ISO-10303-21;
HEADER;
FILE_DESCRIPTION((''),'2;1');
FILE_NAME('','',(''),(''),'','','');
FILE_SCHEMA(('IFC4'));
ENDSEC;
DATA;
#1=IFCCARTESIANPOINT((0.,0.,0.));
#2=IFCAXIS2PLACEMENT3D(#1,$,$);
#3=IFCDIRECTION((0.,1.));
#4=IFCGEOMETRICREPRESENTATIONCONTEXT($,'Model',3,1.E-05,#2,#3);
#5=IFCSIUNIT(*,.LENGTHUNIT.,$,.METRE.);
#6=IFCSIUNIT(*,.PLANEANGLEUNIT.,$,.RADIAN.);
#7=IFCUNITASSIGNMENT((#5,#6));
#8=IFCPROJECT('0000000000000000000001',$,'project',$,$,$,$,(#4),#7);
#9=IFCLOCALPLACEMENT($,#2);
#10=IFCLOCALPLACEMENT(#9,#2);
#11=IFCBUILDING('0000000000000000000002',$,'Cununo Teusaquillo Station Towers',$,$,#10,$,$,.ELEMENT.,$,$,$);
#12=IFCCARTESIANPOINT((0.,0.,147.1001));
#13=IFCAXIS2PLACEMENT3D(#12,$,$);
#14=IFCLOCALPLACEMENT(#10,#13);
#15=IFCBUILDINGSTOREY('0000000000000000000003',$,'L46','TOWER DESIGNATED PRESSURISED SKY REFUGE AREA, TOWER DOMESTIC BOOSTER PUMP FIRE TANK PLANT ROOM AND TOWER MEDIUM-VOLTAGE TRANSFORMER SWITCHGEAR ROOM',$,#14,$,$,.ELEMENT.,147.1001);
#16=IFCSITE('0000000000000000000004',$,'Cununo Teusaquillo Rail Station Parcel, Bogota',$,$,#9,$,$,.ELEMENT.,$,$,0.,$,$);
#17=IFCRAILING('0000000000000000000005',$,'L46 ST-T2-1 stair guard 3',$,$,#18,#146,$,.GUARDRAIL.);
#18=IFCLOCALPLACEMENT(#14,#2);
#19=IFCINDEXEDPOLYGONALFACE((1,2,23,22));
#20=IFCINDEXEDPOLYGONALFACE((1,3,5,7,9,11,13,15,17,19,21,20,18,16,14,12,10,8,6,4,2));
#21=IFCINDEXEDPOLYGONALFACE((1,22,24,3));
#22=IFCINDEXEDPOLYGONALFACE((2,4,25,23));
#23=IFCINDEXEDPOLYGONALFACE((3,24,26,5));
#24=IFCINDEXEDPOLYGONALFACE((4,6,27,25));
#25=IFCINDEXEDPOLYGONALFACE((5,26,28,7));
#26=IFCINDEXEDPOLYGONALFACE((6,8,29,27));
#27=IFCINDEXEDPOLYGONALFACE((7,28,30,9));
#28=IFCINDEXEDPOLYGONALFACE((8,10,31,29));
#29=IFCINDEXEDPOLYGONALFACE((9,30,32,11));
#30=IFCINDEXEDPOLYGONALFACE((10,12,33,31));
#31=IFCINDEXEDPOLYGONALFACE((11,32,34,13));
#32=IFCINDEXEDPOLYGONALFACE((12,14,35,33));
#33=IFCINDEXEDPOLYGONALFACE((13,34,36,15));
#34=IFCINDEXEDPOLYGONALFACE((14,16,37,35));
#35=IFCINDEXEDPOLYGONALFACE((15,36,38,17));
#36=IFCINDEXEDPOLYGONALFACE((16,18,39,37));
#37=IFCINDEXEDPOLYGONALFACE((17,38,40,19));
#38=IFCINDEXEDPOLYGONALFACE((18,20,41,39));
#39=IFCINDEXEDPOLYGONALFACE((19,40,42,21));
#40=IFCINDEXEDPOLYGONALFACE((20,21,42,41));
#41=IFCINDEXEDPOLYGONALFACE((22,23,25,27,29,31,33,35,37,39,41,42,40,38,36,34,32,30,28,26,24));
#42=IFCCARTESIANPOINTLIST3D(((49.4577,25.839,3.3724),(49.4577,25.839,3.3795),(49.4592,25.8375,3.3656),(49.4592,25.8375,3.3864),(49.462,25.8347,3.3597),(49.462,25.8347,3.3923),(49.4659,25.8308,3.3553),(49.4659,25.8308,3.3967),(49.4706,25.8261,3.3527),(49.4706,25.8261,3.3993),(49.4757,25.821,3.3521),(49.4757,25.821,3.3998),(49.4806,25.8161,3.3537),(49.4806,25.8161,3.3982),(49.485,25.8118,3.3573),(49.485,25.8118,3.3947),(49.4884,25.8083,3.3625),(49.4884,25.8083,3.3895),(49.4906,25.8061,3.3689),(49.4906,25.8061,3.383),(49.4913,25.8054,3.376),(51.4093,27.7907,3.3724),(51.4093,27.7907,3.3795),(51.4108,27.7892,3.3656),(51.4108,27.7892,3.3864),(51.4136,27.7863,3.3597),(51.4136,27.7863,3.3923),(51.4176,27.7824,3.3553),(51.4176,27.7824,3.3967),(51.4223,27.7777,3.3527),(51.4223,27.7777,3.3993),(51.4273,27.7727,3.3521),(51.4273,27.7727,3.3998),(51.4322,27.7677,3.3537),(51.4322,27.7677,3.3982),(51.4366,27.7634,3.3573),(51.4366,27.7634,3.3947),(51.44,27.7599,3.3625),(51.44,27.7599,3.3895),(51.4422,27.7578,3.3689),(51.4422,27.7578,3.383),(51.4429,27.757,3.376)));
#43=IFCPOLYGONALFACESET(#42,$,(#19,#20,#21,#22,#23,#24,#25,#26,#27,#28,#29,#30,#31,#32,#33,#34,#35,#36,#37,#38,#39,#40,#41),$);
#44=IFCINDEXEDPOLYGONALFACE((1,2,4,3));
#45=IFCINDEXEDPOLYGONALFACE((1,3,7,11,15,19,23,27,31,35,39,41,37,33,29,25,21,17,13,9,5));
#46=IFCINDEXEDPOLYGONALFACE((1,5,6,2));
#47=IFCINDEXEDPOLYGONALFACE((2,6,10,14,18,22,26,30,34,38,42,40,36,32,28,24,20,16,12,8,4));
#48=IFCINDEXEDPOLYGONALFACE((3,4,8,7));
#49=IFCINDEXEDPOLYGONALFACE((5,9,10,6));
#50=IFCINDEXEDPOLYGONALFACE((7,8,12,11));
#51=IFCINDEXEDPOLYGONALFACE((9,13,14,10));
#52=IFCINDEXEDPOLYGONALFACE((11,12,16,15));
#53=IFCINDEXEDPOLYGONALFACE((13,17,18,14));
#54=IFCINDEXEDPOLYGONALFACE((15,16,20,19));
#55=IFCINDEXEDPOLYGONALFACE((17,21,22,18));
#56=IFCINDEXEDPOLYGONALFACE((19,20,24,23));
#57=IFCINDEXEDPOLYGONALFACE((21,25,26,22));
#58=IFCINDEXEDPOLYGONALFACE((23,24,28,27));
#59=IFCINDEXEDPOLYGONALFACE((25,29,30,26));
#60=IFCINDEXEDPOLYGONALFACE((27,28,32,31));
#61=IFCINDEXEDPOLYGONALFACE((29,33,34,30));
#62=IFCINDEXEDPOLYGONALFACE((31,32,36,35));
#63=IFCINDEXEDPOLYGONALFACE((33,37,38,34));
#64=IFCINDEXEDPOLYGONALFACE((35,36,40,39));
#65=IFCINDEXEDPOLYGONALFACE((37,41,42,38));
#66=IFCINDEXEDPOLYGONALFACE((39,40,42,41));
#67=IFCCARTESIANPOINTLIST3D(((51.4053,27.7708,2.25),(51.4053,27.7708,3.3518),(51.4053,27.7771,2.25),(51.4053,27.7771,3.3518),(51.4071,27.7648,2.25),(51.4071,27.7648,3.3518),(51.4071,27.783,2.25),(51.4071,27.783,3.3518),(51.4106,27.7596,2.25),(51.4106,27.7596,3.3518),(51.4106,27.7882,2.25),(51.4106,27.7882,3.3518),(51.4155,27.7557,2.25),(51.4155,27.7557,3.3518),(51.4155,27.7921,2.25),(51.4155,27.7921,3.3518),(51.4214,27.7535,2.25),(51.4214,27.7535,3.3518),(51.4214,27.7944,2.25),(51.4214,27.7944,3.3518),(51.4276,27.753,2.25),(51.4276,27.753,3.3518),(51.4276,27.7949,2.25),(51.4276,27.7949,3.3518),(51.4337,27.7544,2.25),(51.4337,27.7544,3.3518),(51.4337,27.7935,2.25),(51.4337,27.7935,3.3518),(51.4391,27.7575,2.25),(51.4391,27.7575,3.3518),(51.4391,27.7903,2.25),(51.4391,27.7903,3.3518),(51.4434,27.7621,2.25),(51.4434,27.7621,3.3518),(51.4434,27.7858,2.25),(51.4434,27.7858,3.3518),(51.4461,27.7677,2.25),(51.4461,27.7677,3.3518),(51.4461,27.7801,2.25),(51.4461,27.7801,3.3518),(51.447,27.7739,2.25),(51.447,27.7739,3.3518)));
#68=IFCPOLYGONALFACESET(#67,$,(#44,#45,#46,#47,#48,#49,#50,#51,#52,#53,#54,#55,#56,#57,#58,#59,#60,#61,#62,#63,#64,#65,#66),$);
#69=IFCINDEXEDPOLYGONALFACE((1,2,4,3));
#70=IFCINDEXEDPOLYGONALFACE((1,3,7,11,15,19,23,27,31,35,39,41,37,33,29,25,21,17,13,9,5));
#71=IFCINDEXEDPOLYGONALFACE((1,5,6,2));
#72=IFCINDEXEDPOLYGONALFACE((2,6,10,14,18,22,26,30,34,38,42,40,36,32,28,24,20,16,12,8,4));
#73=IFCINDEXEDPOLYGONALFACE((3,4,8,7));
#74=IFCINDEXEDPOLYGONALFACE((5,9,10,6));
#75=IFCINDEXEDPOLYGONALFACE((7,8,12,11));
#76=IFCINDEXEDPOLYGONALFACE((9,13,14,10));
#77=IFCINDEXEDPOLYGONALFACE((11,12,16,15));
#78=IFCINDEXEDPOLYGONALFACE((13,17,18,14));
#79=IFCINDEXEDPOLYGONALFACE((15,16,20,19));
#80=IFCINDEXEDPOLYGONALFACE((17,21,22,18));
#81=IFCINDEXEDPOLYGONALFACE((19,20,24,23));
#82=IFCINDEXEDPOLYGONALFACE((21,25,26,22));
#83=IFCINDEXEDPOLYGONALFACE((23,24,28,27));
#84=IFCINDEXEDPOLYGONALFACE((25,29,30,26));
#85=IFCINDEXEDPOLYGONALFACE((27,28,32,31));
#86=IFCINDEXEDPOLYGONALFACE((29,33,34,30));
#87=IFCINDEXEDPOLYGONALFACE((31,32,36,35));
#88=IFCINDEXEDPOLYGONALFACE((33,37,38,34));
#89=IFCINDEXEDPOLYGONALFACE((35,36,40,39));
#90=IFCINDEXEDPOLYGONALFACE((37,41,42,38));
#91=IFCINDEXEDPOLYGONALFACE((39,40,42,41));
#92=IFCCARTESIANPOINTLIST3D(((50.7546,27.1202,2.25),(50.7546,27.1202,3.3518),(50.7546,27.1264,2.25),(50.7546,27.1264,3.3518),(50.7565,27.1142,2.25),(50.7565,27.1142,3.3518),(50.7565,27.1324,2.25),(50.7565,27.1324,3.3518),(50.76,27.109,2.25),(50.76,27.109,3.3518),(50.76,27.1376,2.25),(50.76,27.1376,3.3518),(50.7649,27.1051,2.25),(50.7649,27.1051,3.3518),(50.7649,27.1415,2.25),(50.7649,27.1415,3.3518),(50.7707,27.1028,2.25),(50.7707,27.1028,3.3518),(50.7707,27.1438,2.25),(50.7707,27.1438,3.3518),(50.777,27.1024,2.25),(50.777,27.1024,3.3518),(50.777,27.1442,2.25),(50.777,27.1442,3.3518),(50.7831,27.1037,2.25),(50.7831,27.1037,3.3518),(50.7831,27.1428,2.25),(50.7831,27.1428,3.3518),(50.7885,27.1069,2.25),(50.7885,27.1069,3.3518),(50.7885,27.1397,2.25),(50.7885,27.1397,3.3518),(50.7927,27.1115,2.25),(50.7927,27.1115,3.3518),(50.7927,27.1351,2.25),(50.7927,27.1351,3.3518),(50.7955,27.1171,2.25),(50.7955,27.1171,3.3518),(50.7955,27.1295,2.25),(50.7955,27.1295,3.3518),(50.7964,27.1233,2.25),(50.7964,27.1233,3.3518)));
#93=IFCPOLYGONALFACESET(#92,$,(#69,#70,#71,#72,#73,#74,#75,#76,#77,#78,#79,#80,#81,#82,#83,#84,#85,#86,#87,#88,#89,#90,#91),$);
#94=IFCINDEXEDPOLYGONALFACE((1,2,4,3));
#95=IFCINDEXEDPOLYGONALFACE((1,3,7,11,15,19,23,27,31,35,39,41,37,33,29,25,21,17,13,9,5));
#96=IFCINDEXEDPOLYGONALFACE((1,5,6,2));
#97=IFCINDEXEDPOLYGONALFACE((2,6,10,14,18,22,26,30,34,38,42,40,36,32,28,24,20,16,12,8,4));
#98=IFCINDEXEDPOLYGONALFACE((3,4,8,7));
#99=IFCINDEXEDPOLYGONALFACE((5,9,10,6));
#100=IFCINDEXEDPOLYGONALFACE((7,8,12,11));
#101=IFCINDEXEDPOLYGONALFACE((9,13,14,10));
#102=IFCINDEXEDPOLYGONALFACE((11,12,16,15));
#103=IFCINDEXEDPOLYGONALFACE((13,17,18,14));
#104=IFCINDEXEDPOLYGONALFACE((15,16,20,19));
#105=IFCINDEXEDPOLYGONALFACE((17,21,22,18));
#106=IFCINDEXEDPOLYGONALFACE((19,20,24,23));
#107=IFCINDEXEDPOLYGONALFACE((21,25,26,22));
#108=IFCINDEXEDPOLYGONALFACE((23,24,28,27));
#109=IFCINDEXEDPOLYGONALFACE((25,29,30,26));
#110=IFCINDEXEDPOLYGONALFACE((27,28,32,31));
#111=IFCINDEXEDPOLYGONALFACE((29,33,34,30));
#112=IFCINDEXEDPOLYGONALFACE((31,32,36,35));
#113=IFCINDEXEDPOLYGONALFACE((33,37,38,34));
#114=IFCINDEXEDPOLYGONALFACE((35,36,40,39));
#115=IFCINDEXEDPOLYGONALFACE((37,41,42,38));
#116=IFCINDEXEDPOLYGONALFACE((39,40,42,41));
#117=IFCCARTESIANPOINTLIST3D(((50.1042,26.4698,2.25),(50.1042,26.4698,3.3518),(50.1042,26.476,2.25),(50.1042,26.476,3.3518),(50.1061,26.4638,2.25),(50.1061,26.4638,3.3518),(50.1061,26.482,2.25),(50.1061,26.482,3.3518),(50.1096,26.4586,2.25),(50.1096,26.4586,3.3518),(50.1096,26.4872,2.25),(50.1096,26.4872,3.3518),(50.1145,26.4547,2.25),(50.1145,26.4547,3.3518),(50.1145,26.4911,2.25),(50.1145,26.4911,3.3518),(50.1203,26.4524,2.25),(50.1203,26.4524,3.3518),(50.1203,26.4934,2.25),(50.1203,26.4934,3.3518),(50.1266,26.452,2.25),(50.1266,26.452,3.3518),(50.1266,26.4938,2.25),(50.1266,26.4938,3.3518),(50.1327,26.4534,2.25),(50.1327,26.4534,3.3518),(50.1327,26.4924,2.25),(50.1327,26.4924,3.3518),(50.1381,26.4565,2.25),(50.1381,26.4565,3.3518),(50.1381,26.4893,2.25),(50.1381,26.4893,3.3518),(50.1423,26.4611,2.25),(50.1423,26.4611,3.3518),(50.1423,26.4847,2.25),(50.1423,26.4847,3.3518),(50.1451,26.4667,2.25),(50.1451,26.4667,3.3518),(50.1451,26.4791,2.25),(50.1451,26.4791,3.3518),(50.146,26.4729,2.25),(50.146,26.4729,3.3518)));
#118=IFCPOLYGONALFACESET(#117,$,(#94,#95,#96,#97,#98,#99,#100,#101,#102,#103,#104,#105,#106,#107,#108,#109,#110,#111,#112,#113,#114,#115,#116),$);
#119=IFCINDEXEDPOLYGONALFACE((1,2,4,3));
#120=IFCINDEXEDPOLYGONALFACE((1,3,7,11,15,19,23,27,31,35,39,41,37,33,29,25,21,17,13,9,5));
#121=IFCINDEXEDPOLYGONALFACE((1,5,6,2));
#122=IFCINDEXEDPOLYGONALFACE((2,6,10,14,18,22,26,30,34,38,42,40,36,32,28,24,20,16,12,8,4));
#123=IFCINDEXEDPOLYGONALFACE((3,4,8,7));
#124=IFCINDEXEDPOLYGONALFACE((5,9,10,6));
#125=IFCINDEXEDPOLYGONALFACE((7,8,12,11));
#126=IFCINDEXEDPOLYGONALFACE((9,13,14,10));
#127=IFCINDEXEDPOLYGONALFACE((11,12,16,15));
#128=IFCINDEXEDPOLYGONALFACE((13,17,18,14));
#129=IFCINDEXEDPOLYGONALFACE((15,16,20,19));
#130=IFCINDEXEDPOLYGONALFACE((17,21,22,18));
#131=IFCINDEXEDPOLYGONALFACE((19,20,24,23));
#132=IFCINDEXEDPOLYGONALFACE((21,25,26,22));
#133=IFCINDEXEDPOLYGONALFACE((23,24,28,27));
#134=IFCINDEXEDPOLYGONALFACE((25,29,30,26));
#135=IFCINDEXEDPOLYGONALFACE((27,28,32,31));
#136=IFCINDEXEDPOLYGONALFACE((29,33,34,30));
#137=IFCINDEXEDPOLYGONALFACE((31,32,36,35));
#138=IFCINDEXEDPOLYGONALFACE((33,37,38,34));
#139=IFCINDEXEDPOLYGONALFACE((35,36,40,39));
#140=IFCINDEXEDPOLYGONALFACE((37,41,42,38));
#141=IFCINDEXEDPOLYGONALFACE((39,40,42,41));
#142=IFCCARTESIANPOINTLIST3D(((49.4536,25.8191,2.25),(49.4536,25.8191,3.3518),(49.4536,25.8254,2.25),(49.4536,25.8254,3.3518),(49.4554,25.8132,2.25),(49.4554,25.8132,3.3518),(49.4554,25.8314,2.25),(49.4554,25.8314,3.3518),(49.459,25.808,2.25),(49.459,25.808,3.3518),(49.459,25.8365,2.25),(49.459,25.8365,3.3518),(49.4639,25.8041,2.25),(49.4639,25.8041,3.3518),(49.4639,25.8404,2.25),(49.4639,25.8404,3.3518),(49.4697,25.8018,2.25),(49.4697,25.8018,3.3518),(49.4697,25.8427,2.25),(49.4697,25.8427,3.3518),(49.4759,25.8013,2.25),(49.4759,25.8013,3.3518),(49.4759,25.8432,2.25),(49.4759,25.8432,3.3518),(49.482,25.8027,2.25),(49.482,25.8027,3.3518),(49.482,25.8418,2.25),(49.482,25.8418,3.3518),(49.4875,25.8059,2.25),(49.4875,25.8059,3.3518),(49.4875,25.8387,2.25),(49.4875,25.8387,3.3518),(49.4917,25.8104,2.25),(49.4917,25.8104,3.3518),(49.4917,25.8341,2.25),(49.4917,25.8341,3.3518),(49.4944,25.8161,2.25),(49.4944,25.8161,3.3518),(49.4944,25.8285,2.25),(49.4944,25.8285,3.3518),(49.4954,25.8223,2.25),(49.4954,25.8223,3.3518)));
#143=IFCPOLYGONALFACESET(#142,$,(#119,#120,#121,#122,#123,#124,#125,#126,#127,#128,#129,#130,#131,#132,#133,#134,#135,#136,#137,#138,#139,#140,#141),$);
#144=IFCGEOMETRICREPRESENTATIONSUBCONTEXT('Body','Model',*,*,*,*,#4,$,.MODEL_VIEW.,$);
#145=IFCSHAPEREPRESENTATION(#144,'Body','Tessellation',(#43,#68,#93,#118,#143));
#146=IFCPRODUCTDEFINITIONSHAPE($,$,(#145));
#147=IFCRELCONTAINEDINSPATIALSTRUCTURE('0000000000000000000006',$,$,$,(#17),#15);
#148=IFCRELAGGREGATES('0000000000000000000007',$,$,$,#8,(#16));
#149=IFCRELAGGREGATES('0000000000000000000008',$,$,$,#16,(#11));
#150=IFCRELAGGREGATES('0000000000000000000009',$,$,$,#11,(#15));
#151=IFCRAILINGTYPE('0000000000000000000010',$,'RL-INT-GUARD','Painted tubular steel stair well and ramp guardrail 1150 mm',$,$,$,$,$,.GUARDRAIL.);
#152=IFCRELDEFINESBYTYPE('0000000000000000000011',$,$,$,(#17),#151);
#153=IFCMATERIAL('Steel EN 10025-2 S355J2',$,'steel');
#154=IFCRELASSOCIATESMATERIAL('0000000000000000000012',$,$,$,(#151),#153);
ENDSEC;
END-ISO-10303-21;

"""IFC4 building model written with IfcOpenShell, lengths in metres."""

from ifc_helpers import new_model, si_unit, direction, frame, origin, origin_2d, place, context, subcontext, project, spatial, circle, extrude, material, type_object, element, save


model = new_model("IFC4")

# Units and contexts
model_context = context("Model", 3, precision=1e-05, world=origin(), true_north=direction((0.0, 1.0)))
body_context = subcontext(model_context, "Body", "Model", "MODEL_VIEW")
ifc_project = project(units=[si_unit("LENGTHUNIT", "METRE"), si_unit("PLANEANGLEUNIT", "RADIAN")], contexts=[model_context])

# Site, building, storey
site_placement = place(None, origin())
site = spatial("IfcSite", under=ifc_project, at=site_placement, Name="Cununo Teusaquillo Rail Station Parcel, Bogota", CompositionType="ELEMENT", RefElevation=0.0)
building_placement = place(site_placement, origin())
building = spatial("IfcBuilding", under=site, at=building_placement, Name="Cununo Teusaquillo Station Towers", CompositionType="ELEMENT")
storey_placement = place(building_placement, frame((0.0, 0.0, 147.1001)))
storey = spatial("IfcBuildingStorey", under=building, at=storey_placement, Name="L46", Description="TOWER DESIGNATED PRESSURISED SKY REFUGE AREA, TOWER DOMESTIC BOOSTER PUMP FIRE TANK PLANT ROOM AND TOWER MEDIUM-VOLTAGE TRANSFORMER SWITCHGEAR ROOM", CompositionType="ELEMENT", Elevation=147.1001)

# Railing
ifc_material_1 = material(Name="Steel EN 10025-2 S355J2", Category="steel")
railing_type = type_object("IfcRailingType", Name="RL-INT-GUARD", Description="Painted tubular steel stair well and ramp guardrail 1150 mm", PredefinedType="GUARDRAIL", material=ifc_material_1)
railing_1_placement = place(storey_placement, frame((51.426, 27.7739, 2.25)))
element("IfcRailing", 1, at=railing_1_placement, inside=storey, type_object=railing_type, Name="L46 ST-T2-1 stair guard 3", PredefinedType="GUARDRAIL", context=body_context, shape_type="SweptSolid", body=[
    extrude(circle(Radius=0.0239, at=origin_2d()), frame((0.0, 0.0, 1.126), z_axis=(-0.707107, -0.707107, 0.0), x_axis=(0.707107, -0.707107, 0.0)), (0.0, 0.0, 1.0), 2.76),
    extrude(circle(Radius=0.021, at=origin_2d()), origin(), (0.0, 0.0, 1.0), 1.1018),
    extrude(circle(Radius=0.021, at=origin_2d()), frame((-0.6506, -0.6506, 0.0)), (0.0, 0.0, 1.0), 1.1018),
    extrude(circle(Radius=0.021, at=origin_2d()), frame((-1.301, -1.301, 0.0)), (0.0, 0.0, 1.0), 1.1018),
    extrude(circle(Radius=0.021, at=origin_2d()), frame((-1.9517, -1.9517, 0.0)), (0.0, 0.0, 1.0), 1.1018),
])

save(model, "model.ifc")
